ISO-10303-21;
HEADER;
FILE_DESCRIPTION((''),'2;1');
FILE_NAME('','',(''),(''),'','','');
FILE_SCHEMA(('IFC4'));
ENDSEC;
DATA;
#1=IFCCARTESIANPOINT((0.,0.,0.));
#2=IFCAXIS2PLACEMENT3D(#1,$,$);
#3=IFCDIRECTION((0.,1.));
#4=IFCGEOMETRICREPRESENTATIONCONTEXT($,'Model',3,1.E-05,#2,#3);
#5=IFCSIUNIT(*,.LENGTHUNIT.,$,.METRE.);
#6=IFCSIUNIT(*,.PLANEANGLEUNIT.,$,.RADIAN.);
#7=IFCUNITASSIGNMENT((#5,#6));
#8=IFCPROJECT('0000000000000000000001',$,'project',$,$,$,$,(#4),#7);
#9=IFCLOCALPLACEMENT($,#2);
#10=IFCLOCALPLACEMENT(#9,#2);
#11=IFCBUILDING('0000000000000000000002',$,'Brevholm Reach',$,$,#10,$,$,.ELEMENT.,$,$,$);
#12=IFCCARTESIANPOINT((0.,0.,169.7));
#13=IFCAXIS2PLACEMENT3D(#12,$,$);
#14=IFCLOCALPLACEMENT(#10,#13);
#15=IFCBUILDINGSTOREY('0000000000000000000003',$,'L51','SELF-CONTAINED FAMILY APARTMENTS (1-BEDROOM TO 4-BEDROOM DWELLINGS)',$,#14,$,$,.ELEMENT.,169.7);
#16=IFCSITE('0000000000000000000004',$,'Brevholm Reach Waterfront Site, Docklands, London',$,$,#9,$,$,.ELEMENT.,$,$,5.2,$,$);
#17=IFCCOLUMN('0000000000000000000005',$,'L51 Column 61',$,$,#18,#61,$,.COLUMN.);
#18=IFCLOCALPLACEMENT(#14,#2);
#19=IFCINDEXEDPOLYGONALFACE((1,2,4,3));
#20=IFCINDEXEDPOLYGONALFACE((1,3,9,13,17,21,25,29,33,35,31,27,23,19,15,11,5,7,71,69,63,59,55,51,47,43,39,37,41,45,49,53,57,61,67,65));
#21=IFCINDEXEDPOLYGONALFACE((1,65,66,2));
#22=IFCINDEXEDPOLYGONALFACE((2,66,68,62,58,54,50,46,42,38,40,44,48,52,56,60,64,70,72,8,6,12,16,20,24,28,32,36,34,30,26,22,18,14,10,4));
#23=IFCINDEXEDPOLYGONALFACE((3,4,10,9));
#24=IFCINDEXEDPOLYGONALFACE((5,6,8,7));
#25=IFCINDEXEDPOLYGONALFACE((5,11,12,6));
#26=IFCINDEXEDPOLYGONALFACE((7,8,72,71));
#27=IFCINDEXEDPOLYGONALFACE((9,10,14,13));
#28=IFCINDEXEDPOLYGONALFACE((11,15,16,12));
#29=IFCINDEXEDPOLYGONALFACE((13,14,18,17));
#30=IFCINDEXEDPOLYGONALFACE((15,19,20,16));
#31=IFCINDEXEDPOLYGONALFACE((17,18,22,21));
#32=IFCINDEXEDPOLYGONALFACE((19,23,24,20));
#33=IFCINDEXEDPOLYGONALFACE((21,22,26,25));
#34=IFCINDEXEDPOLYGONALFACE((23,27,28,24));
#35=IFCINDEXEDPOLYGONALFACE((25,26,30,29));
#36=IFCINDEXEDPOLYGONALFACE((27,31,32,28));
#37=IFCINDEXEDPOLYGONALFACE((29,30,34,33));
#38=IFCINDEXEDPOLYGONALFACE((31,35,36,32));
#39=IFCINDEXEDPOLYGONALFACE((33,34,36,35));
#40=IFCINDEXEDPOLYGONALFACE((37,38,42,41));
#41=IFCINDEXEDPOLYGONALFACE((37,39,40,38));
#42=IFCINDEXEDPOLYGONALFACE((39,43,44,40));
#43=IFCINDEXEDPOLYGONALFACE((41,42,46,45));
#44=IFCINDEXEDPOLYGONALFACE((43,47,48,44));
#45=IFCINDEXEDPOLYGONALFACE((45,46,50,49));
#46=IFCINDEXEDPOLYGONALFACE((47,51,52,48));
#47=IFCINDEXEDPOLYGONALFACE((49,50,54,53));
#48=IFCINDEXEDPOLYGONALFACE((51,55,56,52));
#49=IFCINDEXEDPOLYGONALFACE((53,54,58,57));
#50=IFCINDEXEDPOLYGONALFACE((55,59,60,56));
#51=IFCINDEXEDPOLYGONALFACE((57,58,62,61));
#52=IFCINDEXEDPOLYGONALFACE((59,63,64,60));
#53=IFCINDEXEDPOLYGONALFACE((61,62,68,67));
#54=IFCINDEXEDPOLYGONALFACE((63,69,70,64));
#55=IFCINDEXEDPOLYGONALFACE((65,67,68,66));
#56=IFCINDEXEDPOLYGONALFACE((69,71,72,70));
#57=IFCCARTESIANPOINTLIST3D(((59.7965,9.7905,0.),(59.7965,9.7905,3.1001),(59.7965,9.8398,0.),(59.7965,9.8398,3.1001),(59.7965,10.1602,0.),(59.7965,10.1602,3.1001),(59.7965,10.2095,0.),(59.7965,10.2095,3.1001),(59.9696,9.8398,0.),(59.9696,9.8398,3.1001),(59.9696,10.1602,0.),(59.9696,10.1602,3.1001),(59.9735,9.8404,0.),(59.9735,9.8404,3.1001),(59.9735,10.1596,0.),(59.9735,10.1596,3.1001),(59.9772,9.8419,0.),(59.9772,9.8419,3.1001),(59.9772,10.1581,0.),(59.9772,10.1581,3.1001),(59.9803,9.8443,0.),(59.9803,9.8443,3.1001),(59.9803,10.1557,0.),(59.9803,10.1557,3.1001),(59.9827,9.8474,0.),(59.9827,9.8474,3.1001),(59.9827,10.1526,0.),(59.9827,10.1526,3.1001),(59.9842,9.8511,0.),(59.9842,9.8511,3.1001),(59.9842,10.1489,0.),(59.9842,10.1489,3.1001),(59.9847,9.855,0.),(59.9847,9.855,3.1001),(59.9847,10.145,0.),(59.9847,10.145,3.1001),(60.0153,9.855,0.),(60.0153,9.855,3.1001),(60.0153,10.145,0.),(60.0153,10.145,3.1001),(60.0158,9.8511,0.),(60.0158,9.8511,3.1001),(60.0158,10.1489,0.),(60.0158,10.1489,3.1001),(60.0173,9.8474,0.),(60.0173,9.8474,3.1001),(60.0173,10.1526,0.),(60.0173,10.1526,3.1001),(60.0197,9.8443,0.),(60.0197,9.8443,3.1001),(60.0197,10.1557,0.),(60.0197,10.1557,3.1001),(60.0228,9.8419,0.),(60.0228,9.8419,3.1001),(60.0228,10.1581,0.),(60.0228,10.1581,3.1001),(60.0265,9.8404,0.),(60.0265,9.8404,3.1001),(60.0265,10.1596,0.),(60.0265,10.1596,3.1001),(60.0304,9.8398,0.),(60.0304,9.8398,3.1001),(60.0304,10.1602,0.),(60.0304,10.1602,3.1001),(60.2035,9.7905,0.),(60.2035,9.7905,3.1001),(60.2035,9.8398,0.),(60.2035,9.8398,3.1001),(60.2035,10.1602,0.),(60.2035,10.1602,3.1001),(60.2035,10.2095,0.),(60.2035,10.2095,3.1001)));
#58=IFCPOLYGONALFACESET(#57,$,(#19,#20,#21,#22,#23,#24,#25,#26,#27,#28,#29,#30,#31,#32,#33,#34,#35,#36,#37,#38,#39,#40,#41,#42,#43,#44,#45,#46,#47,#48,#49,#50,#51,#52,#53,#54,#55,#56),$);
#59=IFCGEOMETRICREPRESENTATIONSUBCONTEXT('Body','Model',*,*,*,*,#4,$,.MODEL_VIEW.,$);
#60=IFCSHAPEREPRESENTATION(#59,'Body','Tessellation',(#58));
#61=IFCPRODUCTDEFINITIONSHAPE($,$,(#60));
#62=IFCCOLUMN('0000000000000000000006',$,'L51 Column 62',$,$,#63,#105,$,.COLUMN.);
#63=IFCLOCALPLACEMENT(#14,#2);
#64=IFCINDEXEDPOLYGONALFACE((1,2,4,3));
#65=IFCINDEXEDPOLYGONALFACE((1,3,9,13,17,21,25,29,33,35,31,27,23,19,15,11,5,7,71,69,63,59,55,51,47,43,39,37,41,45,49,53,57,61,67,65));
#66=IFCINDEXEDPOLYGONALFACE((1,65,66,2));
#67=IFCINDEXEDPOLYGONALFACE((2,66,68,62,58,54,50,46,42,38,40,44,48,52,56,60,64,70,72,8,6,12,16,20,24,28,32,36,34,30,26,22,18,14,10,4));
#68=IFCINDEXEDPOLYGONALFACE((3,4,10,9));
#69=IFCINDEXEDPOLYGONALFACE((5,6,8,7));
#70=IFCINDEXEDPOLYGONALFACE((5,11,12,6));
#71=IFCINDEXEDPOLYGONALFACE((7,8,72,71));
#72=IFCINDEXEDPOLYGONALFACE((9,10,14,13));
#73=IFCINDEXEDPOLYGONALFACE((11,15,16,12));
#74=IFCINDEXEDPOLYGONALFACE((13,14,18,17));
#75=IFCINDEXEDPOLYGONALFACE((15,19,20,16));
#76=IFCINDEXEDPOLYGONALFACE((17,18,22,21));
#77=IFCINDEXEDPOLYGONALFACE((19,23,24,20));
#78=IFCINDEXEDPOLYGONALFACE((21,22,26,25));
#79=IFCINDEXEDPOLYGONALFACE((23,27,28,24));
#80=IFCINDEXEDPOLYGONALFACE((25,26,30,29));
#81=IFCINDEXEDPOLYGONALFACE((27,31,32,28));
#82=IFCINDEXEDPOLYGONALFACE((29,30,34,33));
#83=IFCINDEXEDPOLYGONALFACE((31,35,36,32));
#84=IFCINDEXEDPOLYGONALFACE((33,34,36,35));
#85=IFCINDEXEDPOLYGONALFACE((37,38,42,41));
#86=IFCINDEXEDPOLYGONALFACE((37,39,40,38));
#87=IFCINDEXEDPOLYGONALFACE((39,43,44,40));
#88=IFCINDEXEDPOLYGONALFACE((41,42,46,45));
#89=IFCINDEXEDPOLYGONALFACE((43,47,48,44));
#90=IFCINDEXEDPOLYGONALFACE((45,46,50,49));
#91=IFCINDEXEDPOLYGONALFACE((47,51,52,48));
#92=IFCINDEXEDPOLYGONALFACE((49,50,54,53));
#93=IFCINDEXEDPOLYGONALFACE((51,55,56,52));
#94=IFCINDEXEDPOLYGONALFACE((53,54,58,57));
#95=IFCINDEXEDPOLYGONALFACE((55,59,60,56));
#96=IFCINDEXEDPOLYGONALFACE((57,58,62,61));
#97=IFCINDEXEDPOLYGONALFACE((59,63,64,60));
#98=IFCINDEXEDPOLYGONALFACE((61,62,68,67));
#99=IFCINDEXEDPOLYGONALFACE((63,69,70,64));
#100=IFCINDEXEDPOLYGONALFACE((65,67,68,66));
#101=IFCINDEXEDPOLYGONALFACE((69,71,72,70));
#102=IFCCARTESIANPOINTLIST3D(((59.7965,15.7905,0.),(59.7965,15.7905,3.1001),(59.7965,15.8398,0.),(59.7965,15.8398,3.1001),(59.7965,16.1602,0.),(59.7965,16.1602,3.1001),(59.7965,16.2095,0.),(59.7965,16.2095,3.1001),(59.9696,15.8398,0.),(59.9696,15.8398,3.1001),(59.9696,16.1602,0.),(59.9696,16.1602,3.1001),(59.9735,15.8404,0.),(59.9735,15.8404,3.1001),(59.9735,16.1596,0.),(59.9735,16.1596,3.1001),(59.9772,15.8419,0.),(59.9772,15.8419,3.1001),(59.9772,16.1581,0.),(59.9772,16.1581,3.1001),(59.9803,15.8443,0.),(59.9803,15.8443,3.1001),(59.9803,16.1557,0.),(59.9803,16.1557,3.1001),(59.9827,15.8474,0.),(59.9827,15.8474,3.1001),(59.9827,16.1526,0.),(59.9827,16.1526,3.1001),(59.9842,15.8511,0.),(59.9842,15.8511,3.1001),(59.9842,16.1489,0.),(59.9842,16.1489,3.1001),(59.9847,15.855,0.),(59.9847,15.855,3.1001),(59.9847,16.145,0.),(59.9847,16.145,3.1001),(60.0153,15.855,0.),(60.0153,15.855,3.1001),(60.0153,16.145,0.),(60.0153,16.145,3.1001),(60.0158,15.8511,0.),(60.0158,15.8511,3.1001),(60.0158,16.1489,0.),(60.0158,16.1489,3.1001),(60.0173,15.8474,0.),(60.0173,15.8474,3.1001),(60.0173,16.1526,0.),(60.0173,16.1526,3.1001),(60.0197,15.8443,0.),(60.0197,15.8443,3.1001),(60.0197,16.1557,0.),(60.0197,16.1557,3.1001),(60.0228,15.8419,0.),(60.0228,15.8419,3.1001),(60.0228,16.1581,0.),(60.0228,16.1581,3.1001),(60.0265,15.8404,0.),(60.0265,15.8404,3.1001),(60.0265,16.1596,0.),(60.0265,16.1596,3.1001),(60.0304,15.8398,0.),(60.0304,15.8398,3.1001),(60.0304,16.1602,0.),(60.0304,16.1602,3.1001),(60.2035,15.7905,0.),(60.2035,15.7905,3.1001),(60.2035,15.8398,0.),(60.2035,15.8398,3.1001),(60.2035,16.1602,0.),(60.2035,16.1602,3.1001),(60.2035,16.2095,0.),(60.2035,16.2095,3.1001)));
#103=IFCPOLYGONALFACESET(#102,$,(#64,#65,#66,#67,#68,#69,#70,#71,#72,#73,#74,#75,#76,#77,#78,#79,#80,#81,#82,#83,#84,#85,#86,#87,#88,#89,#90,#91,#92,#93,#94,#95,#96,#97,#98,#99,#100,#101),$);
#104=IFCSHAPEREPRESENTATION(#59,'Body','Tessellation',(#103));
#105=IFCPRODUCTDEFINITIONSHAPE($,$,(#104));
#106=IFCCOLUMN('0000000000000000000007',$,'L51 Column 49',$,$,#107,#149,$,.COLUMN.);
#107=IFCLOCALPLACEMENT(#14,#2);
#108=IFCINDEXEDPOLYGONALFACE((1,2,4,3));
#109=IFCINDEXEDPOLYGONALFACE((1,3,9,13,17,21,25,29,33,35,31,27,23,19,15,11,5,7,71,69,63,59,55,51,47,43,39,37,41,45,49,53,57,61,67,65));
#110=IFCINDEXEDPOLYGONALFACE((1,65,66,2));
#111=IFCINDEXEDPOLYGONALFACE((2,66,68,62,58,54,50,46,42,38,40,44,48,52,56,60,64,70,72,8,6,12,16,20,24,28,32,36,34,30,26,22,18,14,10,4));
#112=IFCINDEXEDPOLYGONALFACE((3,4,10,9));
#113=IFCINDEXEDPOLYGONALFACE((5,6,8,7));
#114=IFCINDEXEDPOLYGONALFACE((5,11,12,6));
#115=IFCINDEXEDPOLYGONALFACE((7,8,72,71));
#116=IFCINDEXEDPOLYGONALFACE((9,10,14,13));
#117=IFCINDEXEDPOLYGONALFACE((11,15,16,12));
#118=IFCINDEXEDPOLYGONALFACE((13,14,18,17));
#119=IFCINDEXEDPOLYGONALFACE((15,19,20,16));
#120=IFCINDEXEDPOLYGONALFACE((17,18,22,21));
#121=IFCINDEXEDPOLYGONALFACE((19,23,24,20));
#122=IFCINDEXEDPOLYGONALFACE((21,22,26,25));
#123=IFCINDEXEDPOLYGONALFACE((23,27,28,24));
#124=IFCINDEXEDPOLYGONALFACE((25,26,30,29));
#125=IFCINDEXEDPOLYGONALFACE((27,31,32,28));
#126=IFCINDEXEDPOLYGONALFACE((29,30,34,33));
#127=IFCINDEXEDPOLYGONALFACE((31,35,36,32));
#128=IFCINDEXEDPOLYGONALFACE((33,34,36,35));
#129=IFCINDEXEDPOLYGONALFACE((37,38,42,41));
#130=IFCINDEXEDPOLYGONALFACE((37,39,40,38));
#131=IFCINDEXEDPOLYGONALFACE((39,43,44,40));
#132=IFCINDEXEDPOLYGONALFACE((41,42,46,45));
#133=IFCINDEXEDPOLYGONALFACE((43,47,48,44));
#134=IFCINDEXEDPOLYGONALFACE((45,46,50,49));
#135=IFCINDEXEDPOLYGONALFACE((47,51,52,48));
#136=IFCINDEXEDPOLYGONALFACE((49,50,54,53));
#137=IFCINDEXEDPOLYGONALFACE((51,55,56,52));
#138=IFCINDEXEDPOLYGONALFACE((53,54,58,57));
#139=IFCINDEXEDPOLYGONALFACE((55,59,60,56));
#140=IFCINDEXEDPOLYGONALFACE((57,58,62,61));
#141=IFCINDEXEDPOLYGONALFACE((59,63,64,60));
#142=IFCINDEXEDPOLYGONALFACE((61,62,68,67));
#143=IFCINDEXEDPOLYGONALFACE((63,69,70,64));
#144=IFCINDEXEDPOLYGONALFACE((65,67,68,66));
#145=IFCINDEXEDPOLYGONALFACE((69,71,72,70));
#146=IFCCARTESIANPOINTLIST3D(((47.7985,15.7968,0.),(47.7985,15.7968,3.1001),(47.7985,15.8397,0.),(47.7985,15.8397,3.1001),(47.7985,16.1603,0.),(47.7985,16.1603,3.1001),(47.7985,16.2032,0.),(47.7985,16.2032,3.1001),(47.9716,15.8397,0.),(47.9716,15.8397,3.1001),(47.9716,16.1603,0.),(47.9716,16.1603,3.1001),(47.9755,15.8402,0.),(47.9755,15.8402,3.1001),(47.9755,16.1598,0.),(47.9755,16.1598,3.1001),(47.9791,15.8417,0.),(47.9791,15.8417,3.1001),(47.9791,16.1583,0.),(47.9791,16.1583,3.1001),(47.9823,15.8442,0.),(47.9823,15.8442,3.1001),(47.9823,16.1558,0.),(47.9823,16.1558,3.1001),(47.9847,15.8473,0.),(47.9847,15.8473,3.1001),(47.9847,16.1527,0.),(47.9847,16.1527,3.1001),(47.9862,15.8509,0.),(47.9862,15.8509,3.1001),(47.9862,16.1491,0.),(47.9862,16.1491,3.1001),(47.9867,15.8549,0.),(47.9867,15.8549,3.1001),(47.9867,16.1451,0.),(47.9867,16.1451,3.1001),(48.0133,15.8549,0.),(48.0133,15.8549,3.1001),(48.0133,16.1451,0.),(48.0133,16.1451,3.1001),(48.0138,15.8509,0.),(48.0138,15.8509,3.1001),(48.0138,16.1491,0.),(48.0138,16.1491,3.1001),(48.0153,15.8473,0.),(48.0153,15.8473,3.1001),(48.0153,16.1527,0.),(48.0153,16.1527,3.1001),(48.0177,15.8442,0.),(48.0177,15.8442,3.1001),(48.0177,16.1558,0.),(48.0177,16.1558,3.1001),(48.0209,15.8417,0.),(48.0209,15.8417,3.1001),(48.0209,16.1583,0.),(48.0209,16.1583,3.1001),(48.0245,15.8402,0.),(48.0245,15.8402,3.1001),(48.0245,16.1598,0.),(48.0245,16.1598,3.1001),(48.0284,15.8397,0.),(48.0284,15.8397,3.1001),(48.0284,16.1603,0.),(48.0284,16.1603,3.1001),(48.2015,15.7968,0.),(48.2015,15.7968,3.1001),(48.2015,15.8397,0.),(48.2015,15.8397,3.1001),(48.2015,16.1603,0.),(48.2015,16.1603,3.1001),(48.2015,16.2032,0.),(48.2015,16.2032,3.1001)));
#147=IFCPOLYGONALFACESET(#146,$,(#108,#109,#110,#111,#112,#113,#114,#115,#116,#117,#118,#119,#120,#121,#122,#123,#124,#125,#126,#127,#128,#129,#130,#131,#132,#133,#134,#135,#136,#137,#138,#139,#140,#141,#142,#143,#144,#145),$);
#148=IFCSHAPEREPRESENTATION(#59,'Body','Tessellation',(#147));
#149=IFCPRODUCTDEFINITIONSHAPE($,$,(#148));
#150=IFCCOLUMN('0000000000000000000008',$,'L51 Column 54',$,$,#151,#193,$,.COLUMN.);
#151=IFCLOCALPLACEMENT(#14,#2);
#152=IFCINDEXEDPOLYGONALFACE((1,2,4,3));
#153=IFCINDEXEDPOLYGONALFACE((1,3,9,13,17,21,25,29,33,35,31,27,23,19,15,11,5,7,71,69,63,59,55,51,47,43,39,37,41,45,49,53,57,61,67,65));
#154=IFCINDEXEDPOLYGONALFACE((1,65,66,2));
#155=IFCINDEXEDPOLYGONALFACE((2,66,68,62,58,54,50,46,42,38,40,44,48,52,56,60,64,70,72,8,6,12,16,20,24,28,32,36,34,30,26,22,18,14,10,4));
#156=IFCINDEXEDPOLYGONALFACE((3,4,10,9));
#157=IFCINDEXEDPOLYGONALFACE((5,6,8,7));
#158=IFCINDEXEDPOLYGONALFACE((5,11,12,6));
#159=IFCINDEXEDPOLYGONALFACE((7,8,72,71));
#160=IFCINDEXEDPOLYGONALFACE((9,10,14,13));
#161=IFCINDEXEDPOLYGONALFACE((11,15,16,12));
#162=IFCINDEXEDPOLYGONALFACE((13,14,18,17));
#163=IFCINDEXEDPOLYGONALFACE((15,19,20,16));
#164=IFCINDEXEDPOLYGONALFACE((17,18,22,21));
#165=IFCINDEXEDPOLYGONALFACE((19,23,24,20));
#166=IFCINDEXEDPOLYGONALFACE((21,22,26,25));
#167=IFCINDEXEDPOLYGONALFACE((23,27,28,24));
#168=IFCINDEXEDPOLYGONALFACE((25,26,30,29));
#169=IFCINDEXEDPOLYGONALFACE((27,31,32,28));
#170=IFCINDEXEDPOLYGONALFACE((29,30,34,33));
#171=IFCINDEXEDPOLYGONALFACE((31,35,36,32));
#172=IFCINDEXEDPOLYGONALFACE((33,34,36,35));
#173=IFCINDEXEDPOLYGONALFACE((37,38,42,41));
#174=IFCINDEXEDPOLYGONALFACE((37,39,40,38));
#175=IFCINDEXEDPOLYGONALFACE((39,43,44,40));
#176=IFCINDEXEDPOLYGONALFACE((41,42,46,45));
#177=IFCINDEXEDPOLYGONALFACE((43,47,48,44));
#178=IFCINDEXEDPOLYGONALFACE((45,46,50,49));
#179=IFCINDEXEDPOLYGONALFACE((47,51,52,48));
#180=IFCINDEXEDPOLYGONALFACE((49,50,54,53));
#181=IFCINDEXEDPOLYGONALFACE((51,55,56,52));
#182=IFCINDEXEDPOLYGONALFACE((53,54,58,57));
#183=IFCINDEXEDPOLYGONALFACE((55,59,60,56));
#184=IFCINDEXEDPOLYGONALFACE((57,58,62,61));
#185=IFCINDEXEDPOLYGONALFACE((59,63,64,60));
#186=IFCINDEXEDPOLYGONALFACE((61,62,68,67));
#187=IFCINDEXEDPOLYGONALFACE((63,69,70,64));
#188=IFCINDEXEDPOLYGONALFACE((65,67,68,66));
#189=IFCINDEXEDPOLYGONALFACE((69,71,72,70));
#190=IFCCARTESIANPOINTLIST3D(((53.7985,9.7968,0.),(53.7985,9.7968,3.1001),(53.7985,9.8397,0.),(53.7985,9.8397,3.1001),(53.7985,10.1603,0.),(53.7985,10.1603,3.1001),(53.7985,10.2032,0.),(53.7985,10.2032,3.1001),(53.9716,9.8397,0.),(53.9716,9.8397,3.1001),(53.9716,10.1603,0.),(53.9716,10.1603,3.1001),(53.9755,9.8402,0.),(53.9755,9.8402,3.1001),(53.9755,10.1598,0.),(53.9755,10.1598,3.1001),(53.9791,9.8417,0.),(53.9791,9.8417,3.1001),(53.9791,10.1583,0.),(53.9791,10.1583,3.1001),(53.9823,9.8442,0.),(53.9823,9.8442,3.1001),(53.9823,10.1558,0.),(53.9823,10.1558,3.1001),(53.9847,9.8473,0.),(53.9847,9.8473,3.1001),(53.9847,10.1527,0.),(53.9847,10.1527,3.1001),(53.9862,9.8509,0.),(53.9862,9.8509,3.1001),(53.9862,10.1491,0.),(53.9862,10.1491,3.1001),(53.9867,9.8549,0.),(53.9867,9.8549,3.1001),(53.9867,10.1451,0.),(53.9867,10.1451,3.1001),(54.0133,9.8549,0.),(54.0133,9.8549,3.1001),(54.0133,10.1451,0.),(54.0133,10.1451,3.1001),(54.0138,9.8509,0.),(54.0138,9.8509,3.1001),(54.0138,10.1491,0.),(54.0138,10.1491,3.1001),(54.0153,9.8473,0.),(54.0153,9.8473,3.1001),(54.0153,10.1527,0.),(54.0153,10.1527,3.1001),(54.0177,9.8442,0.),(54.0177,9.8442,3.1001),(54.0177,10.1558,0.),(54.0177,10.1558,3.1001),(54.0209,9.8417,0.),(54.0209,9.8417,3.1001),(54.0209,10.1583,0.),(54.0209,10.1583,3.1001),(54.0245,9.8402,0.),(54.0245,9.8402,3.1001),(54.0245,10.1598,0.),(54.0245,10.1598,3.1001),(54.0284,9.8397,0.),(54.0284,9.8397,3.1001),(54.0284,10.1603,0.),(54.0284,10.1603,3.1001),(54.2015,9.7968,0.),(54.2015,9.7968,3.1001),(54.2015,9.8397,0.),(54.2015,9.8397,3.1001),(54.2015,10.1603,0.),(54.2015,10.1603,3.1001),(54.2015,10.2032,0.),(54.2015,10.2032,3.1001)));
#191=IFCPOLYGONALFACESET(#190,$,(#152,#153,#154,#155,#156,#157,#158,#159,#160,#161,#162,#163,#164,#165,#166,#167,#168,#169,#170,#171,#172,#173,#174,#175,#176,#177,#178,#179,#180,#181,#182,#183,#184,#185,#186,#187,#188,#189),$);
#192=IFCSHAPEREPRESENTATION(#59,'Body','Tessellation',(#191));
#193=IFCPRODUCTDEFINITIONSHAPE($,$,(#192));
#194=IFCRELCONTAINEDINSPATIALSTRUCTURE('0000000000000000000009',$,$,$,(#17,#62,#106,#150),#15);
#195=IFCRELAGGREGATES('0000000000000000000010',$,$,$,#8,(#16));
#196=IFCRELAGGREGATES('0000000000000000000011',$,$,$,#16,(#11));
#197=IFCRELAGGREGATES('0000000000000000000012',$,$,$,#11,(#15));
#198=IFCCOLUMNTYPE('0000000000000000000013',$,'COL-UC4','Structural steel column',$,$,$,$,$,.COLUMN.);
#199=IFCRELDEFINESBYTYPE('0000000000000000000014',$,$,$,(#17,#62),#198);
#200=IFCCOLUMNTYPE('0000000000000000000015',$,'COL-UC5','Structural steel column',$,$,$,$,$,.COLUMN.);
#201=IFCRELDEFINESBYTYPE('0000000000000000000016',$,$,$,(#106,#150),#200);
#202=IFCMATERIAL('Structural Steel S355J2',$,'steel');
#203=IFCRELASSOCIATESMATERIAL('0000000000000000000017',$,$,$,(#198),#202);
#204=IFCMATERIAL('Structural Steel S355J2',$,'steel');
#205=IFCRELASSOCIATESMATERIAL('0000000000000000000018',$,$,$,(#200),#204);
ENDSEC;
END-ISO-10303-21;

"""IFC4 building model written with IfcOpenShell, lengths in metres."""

from ifc_helpers import new_model, si_unit, direction, frame, origin, origin_2d, place, context, subcontext, project, spatial, i_section, extrude, material, material_profile, profile_set, type_object, element, save


model = new_model("IFC4")

# Units and contexts
model_context = context("Model", 3, precision=1e-05, world=origin(), true_north=direction((0.0, 1.0)))
body_context = subcontext(model_context, "Body", "Model", "MODEL_VIEW")
ifc_project = project(units=[si_unit("LENGTHUNIT", "METRE"), si_unit("PLANEANGLEUNIT", "RADIAN")], contexts=[model_context])

# Site, building, storey
site_placement = place(None, origin())
site = spatial("IfcSite", under=ifc_project, at=site_placement, Name="Brevholm Reach Waterfront Site, Docklands, London", CompositionType="ELEMENT", RefElevation=5.2)
building_placement = place(site_placement, origin())
building = spatial("IfcBuilding", under=site, at=building_placement, Name="Brevholm Reach", CompositionType="ELEMENT")
storey_placement = place(building_placement, frame((0.0, 0.0, 169.7)))
storey = spatial("IfcBuildingStorey", under=building, at=storey_placement, Name="L51", Description="SELF-CONTAINED FAMILY APARTMENTS (1-BEDROOM TO 4-BEDROOM DWELLINGS)", CompositionType="ELEMENT", Elevation=169.7)

# Columns
ifc_material_1 = material(Name="Structural Steel S355J2", Category="steel")
ifc_material_profile_1 = material_profile(ifc_material_1, i_section(OverallWidth=0.407, OverallDepth=0.4189, WebThickness=0.0305, FlangeThickness=0.0493, FilletRadius=0.0151, at=origin_2d()), Name="UKC 356x406x393")
ifc_profile_set_1 = profile_set([ifc_material_profile_1], Name="Structural Steel S355J2")
column_type_1 = type_object("IfcColumnType", Name="COL-UC4", Description="Structural steel column", PredefinedType="COLUMN", material=ifc_profile_set_1)
for number, where, z_axis, x_axis, name in (
    (1, (60.0, 10.0, 0.0), (0.0, 0.0, 1.0), (1.0, 0.0, 0.0), "L51 Column 61"),
    (2, (60.0, 16.0, 0.0), (0.0, 0.0, 1.0), (1.0, 0.0, 0.0), "L51 Column 62"),
):
    element("IfcColumn", number, at=place(storey_placement, frame(where, z_axis=z_axis, x_axis=x_axis)), inside=storey, type_object=column_type_1, Name=name, PredefinedType="COLUMN", context=body_context, shape_type="SweptSolid", body=[
        extrude(i_section(OverallWidth=0.407, OverallDepth=0.4189, WebThickness=0.0305, FlangeThickness=0.0493, FilletRadius=0.0151, at=origin_2d()), origin(), (0.0, 0.0, 1.0), 3.1001),
    ])
ifc_material_2 = material(Name="Structural Steel S355J2", Category="steel")
ifc_material_profile_2 = material_profile(ifc_material_2, i_section(OverallWidth=0.4031, OverallDepth=0.4065, WebThickness=0.0266, FlangeThickness=0.043, FilletRadius=0.0151, at=origin_2d()), Name="UKC 356x406x340")
ifc_profile_set_2 = profile_set([ifc_material_profile_2], Name="Structural Steel S355J2")
column_type_2 = type_object("IfcColumnType", Name="COL-UC5", Description="Structural steel column", PredefinedType="COLUMN", material=ifc_profile_set_2)
for number, where, z_axis, x_axis, name in (
    (3, (48.0, 16.0, 0.0), (0.0, 0.0, 1.0), (1.0, 0.0, 0.0), "L51 Column 49"),
    (4, (54.0, 10.0, 0.0), (0.0, 0.0, 1.0), (1.0, 0.0, 0.0), "L51 Column 54"),
):
    element("IfcColumn", number, at=place(storey_placement, frame(where, z_axis=z_axis, x_axis=x_axis)), inside=storey, type_object=column_type_2, Name=name, PredefinedType="COLUMN", context=body_context, shape_type="SweptSolid", body=[
        extrude(i_section(OverallWidth=0.4031, OverallDepth=0.4065, WebThickness=0.0266, FlangeThickness=0.043, FilletRadius=0.0151, at=origin_2d()), origin(), (0.0, 0.0, 1.0), 3.1001),
    ])

save(model, "model.ifc")
